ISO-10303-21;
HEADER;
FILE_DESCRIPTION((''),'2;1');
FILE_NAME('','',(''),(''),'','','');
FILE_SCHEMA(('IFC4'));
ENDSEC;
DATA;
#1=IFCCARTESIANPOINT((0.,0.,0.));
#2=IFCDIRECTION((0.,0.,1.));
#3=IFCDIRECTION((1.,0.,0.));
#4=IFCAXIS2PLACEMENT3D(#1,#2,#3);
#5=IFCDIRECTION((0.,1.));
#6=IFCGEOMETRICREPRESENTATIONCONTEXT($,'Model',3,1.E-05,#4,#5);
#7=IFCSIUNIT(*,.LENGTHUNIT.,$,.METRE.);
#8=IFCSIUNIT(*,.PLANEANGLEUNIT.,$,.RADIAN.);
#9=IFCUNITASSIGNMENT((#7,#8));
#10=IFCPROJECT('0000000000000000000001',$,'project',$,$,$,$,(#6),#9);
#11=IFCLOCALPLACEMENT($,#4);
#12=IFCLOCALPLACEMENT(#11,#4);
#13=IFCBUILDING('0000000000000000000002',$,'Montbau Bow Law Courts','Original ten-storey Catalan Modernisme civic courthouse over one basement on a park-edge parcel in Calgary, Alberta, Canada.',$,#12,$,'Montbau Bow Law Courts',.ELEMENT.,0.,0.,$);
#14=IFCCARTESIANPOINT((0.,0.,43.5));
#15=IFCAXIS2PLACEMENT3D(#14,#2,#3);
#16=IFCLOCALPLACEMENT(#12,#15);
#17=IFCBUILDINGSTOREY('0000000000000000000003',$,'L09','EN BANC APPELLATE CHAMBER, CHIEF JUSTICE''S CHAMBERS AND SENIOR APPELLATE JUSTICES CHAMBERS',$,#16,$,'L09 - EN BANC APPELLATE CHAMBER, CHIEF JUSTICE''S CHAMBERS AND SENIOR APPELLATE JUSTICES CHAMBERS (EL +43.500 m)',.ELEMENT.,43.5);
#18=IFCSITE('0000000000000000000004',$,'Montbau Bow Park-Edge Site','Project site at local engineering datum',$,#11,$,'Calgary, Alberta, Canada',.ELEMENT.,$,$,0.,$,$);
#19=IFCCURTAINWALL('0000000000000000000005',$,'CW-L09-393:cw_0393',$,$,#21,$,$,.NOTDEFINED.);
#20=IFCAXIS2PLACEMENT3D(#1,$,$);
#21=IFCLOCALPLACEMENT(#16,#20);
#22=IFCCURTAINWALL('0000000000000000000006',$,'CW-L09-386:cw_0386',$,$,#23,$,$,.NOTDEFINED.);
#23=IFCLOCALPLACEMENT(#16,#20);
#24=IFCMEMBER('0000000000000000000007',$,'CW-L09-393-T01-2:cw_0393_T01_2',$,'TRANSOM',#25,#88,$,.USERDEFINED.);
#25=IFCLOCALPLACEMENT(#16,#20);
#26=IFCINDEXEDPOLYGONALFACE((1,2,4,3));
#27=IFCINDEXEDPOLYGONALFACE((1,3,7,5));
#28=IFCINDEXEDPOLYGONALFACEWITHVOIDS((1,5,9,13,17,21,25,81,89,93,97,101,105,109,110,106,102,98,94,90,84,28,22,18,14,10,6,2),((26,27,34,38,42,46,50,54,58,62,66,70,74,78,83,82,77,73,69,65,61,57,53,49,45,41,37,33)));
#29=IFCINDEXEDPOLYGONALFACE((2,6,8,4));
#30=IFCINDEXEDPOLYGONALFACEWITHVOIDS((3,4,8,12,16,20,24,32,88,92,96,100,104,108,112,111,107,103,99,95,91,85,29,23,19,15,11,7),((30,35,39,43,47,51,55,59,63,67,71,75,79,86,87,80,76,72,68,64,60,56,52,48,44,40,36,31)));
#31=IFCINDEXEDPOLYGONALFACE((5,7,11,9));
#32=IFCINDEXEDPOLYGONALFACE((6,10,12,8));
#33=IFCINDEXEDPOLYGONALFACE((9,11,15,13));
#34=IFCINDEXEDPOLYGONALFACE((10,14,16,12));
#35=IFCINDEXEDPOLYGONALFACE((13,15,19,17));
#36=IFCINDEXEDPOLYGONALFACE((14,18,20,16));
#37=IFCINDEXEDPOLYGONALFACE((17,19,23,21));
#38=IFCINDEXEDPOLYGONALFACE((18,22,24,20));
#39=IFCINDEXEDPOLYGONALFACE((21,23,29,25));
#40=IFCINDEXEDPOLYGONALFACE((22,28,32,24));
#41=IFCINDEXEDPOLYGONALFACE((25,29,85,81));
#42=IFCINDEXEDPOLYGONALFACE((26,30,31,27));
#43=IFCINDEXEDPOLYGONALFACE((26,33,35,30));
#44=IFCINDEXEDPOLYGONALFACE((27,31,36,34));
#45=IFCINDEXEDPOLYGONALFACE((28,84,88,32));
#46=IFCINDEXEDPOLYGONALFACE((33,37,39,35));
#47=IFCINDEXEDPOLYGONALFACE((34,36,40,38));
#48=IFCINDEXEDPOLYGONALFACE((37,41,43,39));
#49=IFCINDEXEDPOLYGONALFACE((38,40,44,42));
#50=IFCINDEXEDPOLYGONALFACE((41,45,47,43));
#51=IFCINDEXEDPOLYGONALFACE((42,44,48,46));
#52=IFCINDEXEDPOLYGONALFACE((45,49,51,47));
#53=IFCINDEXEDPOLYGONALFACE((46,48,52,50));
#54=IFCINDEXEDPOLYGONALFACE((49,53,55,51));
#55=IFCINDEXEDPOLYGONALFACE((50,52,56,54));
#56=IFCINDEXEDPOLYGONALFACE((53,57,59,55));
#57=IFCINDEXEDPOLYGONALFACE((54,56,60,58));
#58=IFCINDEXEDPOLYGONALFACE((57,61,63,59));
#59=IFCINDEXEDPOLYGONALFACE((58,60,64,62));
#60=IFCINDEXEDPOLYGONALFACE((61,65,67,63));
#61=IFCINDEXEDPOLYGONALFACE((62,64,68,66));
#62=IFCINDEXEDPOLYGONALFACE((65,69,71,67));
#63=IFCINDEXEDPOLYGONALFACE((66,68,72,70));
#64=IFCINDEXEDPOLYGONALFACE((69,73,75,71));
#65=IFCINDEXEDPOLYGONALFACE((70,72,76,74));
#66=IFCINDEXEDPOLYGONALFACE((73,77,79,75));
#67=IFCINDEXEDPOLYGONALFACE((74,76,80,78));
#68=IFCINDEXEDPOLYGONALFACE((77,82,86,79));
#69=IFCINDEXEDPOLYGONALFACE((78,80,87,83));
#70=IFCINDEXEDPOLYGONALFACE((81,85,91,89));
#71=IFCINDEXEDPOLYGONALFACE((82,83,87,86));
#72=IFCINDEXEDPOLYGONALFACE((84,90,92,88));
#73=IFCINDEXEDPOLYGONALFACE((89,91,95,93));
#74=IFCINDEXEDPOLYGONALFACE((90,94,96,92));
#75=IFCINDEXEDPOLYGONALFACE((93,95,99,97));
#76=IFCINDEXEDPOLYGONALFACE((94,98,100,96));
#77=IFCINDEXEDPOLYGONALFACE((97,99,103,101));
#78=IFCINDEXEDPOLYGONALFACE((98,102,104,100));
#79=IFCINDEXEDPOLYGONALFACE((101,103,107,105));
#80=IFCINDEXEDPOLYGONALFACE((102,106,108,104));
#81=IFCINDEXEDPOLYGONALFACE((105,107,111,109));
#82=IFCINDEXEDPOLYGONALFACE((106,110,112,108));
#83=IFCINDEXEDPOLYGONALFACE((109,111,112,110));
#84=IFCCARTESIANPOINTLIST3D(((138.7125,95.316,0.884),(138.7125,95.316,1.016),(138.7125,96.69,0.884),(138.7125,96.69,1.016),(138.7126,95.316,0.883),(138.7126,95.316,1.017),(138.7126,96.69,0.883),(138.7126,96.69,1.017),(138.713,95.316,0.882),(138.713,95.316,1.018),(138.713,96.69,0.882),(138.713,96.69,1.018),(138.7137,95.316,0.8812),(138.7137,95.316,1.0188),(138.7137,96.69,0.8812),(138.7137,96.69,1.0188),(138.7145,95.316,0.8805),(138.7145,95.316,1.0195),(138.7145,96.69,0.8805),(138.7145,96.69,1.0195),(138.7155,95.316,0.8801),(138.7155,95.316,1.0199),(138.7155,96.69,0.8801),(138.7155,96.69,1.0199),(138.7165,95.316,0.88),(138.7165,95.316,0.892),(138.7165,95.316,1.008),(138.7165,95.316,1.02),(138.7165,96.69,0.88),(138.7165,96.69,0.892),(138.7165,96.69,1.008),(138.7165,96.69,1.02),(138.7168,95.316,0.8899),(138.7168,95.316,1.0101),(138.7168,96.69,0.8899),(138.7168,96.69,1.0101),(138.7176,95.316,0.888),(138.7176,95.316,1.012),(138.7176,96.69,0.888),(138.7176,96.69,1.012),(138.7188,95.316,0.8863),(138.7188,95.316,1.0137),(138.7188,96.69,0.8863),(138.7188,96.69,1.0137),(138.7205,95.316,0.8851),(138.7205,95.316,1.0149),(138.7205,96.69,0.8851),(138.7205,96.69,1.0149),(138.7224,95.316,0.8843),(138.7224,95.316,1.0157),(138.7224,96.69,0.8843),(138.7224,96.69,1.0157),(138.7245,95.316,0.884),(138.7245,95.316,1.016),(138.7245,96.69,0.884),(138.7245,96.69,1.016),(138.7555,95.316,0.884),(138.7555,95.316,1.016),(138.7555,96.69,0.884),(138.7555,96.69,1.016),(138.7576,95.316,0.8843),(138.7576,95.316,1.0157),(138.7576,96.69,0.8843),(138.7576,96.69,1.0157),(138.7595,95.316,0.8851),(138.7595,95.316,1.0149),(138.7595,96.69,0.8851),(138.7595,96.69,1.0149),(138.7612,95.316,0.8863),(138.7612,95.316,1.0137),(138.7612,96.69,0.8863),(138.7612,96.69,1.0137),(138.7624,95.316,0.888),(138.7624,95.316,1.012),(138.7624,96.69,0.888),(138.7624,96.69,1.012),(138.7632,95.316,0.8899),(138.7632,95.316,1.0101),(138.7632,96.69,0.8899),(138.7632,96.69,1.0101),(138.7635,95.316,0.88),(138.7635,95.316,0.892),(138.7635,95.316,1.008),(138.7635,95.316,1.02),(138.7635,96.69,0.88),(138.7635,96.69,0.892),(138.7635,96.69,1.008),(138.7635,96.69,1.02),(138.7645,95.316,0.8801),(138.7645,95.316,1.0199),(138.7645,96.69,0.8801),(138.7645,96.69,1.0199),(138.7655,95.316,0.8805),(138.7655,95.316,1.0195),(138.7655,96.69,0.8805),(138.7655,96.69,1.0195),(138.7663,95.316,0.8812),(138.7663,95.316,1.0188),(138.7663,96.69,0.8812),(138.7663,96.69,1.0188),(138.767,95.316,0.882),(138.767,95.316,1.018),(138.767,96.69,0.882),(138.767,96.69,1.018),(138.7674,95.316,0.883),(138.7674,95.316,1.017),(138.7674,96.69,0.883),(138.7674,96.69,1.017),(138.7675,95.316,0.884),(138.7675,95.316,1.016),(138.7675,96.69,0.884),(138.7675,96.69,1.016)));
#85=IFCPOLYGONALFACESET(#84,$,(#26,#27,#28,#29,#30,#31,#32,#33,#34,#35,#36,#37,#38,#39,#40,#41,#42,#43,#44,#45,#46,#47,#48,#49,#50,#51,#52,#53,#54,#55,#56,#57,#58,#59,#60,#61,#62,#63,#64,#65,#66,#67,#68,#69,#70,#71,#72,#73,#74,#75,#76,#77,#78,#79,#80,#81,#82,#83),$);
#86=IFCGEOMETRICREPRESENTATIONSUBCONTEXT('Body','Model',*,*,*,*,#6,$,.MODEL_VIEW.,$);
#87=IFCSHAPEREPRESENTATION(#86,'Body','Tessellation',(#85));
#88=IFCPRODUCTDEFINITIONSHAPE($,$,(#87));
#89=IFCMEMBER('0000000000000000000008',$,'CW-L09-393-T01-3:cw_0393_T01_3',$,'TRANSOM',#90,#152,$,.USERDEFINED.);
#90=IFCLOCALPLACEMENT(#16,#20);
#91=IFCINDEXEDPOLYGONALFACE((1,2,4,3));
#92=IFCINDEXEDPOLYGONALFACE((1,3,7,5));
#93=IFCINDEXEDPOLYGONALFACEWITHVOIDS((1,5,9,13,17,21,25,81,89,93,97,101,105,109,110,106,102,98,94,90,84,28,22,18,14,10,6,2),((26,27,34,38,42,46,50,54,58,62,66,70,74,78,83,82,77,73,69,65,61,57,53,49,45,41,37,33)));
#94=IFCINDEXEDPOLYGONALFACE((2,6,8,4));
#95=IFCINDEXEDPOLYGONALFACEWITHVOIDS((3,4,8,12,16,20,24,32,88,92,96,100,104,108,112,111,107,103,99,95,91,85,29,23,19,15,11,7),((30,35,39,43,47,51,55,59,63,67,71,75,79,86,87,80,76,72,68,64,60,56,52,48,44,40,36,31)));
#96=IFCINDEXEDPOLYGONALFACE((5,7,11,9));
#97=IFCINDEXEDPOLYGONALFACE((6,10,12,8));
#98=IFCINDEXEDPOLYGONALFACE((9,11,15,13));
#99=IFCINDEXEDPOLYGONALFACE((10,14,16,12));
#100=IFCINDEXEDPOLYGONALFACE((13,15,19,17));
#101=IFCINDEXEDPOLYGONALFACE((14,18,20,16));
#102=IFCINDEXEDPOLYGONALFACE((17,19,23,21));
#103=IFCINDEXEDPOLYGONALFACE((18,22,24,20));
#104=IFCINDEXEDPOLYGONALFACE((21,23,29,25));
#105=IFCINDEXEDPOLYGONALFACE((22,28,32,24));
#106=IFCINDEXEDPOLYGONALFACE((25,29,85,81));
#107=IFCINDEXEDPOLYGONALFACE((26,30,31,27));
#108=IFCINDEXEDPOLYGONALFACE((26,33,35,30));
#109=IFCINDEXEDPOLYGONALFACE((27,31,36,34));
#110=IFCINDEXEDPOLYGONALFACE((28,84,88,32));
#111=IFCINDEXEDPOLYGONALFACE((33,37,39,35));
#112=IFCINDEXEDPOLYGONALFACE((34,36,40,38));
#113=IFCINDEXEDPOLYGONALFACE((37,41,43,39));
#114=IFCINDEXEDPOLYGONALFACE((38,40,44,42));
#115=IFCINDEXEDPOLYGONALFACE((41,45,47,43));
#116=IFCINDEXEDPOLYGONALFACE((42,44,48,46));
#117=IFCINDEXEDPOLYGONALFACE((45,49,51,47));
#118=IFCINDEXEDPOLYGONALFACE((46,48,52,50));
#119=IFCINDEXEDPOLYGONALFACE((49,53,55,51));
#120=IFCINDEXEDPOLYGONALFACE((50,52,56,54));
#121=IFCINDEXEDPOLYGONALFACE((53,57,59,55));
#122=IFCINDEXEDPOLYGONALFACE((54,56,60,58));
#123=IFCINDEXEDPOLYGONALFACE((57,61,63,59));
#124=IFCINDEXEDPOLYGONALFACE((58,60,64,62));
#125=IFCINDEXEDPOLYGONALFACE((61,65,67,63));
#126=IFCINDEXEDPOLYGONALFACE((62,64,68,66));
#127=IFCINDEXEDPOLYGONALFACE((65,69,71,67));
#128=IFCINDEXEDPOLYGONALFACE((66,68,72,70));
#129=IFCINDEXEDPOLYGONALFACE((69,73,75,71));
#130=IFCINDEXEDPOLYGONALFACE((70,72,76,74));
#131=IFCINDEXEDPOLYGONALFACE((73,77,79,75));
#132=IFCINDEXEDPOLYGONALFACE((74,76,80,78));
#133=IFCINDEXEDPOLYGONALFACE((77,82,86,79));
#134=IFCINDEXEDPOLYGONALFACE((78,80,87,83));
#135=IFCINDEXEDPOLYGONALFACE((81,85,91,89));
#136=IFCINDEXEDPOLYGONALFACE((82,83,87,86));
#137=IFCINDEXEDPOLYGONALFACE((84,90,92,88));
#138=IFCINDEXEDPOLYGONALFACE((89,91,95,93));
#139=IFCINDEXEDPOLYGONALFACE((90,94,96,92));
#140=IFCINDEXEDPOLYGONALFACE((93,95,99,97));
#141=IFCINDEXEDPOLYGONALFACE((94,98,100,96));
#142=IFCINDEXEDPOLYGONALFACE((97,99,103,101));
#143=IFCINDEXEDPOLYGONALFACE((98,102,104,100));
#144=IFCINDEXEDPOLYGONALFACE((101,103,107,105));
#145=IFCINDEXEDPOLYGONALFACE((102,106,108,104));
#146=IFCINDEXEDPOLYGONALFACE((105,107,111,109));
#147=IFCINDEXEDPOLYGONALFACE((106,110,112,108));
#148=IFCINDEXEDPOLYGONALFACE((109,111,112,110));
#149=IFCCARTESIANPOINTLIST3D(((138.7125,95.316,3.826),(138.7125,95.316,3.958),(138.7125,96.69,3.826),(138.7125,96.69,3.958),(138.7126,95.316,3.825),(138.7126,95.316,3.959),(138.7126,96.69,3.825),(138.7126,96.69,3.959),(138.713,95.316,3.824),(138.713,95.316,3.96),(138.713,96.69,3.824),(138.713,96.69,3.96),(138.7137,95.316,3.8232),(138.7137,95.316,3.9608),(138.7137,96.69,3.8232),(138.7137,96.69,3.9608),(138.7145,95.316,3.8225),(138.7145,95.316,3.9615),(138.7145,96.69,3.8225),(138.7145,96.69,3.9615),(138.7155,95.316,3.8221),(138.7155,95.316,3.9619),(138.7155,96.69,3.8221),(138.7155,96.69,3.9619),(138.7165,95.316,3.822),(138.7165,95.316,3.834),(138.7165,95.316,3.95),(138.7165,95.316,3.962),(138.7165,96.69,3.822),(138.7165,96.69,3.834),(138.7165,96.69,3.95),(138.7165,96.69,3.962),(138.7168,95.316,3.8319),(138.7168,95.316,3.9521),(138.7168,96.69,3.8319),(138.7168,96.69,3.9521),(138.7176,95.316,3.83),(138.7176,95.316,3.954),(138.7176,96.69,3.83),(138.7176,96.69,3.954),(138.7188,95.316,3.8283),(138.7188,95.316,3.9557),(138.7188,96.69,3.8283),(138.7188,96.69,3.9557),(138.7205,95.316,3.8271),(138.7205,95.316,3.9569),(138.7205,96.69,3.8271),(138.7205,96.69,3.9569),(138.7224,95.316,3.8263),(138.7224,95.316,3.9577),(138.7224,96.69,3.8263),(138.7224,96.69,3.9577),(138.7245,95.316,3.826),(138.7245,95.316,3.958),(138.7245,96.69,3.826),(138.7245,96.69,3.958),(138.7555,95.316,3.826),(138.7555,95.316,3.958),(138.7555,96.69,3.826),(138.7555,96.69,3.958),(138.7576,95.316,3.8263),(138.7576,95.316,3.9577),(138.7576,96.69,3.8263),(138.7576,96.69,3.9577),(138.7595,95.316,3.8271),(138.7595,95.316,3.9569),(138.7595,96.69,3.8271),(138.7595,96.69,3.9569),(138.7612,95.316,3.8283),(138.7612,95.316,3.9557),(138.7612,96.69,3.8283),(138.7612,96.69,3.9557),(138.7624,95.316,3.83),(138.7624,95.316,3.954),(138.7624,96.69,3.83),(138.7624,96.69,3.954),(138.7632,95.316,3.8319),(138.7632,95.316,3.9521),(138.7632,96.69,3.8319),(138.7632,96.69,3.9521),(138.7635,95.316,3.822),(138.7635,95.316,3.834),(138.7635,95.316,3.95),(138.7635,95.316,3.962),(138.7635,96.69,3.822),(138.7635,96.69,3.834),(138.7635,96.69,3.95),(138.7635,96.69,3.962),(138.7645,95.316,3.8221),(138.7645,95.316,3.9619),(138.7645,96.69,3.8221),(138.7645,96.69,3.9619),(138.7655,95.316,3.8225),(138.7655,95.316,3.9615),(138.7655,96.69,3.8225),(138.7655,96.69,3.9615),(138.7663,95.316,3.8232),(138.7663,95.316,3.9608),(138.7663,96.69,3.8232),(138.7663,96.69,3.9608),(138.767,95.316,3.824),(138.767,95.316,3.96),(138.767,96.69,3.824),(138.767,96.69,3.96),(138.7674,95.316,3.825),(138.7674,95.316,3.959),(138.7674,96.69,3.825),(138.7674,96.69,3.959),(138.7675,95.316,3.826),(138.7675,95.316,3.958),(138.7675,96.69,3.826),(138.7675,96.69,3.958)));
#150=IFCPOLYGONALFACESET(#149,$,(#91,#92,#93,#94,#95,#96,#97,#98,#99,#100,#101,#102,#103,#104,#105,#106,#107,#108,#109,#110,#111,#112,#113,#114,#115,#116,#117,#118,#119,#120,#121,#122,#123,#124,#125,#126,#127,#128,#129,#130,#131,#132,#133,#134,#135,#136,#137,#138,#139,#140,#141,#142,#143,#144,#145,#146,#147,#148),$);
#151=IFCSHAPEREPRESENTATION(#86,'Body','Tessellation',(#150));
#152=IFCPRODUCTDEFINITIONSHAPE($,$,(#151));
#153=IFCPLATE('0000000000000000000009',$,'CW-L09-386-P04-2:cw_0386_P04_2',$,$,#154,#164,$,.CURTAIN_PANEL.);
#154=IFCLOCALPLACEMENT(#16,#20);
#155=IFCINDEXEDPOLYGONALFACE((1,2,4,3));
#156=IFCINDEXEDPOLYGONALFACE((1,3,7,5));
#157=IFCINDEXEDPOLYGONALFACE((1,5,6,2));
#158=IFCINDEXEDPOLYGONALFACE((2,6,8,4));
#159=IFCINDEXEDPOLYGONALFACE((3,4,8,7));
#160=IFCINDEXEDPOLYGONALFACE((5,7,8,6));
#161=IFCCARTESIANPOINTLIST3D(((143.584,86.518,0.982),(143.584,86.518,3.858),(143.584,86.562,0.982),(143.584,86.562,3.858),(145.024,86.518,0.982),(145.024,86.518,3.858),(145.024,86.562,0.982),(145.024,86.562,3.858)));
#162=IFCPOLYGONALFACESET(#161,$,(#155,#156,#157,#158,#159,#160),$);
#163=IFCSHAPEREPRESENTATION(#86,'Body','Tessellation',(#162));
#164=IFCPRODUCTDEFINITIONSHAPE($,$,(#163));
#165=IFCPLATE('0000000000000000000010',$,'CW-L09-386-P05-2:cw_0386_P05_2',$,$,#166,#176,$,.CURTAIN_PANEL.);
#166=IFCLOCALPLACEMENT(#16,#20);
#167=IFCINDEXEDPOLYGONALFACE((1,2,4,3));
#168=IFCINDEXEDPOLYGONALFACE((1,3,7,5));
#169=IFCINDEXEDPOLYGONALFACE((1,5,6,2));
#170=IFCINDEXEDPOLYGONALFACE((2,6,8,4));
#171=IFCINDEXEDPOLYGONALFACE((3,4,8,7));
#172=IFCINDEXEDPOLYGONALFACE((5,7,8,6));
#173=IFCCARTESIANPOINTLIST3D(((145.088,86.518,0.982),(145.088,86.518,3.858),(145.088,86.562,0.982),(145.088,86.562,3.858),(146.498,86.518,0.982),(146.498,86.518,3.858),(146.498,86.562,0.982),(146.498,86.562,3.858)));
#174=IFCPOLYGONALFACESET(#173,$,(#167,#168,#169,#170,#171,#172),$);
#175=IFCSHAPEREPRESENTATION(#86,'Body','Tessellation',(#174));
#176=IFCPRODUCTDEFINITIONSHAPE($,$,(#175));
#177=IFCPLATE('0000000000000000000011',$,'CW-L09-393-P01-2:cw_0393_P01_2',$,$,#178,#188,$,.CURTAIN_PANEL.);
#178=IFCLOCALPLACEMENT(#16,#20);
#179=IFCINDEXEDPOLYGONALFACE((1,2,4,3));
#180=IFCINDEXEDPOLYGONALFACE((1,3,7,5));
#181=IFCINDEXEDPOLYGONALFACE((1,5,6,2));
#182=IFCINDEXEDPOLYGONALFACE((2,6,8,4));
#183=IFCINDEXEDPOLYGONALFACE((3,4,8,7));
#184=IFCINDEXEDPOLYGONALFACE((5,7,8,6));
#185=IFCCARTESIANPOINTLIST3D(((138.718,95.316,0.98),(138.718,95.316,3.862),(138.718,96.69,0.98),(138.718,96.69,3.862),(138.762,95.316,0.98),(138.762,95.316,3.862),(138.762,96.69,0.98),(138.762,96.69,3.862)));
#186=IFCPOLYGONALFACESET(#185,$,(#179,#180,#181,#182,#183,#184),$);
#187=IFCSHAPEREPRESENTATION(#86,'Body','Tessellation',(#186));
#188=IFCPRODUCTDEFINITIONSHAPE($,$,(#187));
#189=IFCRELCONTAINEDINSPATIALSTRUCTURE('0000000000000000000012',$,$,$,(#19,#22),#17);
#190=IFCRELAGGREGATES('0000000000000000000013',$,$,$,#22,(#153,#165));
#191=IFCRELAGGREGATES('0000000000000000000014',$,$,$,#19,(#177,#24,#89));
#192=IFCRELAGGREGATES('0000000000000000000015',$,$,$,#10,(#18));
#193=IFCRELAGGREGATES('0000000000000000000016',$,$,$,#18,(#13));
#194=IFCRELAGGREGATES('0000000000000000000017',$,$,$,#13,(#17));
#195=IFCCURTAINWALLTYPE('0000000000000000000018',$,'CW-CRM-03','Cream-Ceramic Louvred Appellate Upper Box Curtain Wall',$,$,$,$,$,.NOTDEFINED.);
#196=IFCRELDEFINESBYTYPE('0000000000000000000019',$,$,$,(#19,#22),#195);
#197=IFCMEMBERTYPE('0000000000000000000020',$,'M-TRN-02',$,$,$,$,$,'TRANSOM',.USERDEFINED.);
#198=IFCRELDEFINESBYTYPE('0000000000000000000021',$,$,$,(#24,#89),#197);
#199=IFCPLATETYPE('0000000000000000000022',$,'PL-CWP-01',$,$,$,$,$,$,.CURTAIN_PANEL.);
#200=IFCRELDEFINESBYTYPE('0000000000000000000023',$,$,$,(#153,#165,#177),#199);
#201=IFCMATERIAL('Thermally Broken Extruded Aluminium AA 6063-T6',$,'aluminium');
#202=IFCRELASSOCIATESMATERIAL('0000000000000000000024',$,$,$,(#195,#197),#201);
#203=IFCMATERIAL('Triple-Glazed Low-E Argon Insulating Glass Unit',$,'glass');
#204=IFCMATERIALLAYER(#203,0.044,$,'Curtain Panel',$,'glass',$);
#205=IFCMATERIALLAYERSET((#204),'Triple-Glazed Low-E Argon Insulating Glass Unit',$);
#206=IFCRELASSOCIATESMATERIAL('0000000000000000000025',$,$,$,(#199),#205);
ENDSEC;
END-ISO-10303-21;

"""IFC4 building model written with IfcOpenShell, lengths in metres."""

from ifc_helpers import new_model, si_unit, direction, frame, frame_2d, origin_with_axes, origin_2d_with_axis, place, context, subcontext, project, spatial, rectangle, hollow_rectangle, extrude, material, layer, layer_set, material_profile, profile_set, type_object, element, aggregate, save


model = new_model("IFC4")

# Units and contexts
model_context = context("Model", 3, precision=1e-05, world=origin_with_axes(), true_north=direction((0.0, 1.0)))
body_context = subcontext(model_context, "Body", "Model", "MODEL_VIEW")
ifc_project = project(units=[si_unit("LENGTHUNIT", "METRE"), si_unit("PLANEANGLEUNIT", "RADIAN")], contexts=[model_context])

# Site, building, storey
site_placement = place(None, origin_with_axes())
site = spatial("IfcSite", under=ifc_project, at=site_placement, Name="Montbau Bow Park-Edge Site", Description="Project site at local engineering datum", LongName="Calgary, Alberta, Canada", CompositionType="ELEMENT", RefElevation=0.0)
building_placement = place(site_placement, origin_with_axes())
building = spatial("IfcBuilding", under=site, at=building_placement, Name="Montbau Bow Law Courts", Description="Original ten-storey Catalan Modernisme civic courthouse over one basement on a park-edge parcel in Calgary, Alberta, Canada.", LongName="Montbau Bow Law Courts", CompositionType="ELEMENT", ElevationOfRefHeight=0.0, ElevationOfTerrain=0.0)
storey_placement = place(building_placement, frame((0.0, 0.0, 43.5), z_axis=(0.0, 0.0, 1.0), x_axis=(1.0, 0.0, 0.0)))
storey = spatial("IfcBuildingStorey", under=building, at=storey_placement, Name="L09", Description="EN BANC APPELLATE CHAMBER, CHIEF JUSTICE'S CHAMBERS AND SENIOR APPELLATE JUSTICES CHAMBERS", LongName="L09 - EN BANC APPELLATE CHAMBER, CHIEF JUSTICE'S CHAMBERS AND SENIOR APPELLATE JUSTICES CHAMBERS (EL +43.500 m)", CompositionType="ELEMENT", Elevation=43.5)

# Curtain wall
ifc_material_1 = material(Name="Thermally Broken Extruded Aluminium AA 6063-T6", Category="aluminium")
curtain_wall_type = type_object("IfcCurtainWallType", Name="CW-CRM-03", Description="Cream-Ceramic Louvred Appellate Upper Box Curtain Wall", PredefinedType="NOTDEFINED", material=ifc_material_1)
curtain_wall_1_placement = place(None, frame((138.74, 95.24, 43.5), z_axis=(0.0, 0.0, 1.0), x_axis=(1.0, 0.0, 0.0)))
curtain_wall_1 = element("IfcCurtainWall", 1, at=curtain_wall_1_placement, inside=storey, type_object=curtain_wall_type, Name="CW-L09-393:cw_0393", PredefinedType="NOTDEFINED")

# Curtain wall
curtain_wall_2_placement = place(None, frame((139.04, 86.54, 43.5), z_axis=(0.0, 0.0, 1.0), x_axis=(1.0, 0.0, 0.0)))
curtain_wall_2 = element("IfcCurtainWall", 2, at=curtain_wall_2_placement, inside=storey, type_object=curtain_wall_type, Name="CW-L09-386:cw_0386", PredefinedType="NOTDEFINED")

# Members
ifc_material_profile_1 = material_profile(ifc_material_1, hollow_rectangle(XDim=0.055, YDim=0.14, WallThickness=0.004, InnerFilletRadius=0.008, OuterFilletRadius=0.004, at=origin_2d_with_axis()), Name="CWT-140X55", Category="Main", Priority=0)
ifc_profile_set_1 = profile_set([ifc_material_profile_1], Name="Thermally Broken Extruded Aluminium AA 6063-T6")
member_type_1 = type_object("IfcMemberType", Name="M-TRN-02", ElementType="TRANSOM", PredefinedType="USERDEFINED", material=ifc_profile_set_1)
member_1_placement = place(None, frame((138.74, 95.316, 44.45), z_axis=(0.0, 1.0, 0.0), x_axis=(-1.0, 0.0, 0.0)))
member_1 = element("IfcMember", 3, at=member_1_placement, type_object=member_type_1, Name="CW-L09-393-T01-2:cw_0393_T01_2", ObjectType="TRANSOM", PredefinedType="USERDEFINED", context=body_context, shape_type="SweptSolid", body=[
    extrude(hollow_rectangle(XDim=0.055, YDim=0.14, WallThickness=0.004, InnerFilletRadius=0.008, OuterFilletRadius=0.004, at=origin_2d_with_axis()), origin_with_axes(), (0.0, 0.0, 1.0), 1.374),
])
member_2_placement = place(None, frame((138.74, 95.316, 47.392), z_axis=(0.0, 1.0, 0.0), x_axis=(-1.0, 0.0, 0.0)))
member_2 = element("IfcMember", 4, at=member_2_placement, type_object=member_type_1, Name="CW-L09-393-T01-3:cw_0393_T01_3", ObjectType="TRANSOM", PredefinedType="USERDEFINED", context=body_context, shape_type="SweptSolid", body=[
    extrude(hollow_rectangle(XDim=0.055, YDim=0.14, WallThickness=0.004, InnerFilletRadius=0.008, OuterFilletRadius=0.004, at=origin_2d_with_axis()), origin_with_axes(), (0.0, 0.0, 1.0), 1.374),
])

# Plates
ifc_material_2 = material(Name="Triple-Glazed Low-E Argon Insulating Glass Unit", Category="glass")
ifc_layer_1 = layer(ifc_material_2, 0.044, Name="Curtain Panel", Category="glass")
ifc_layer_set_1 = layer_set([ifc_layer_1], Name="Triple-Glazed Low-E Argon Insulating Glass Unit")
plate_type_1 = type_object("IfcPlateType", Name="PL-CWP-01", PredefinedType="CURTAIN_PANEL", material=ifc_layer_set_1)
plate_1_placement = place(None, frame((143.584, 86.54, 44.482), z_axis=(0.0, -1.0, 0.0), x_axis=(1.0, 0.0, 0.0)))
plate_1 = element("IfcPlate", 5, at=plate_1_placement, type_object=plate_type_1, Name="CW-L09-386-P04-2:cw_0386_P04_2", PredefinedType="CURTAIN_PANEL", context=body_context, shape_type="SweptSolid", body=[
    extrude(rectangle(XDim=1.44, YDim=2.876, at=frame_2d((0.72, 1.438), x_axis=(1.0, 0.0))), frame((0.0, 0.0, -0.022), z_axis=(0.0, 0.0, 1.0), x_axis=(1.0, 0.0, 0.0)), (0.0, 0.0, 1.0), 0.044),
])
plate_2_placement = place(None, frame((145.088, 86.54, 44.482), z_axis=(0.0, -1.0, 0.0), x_axis=(1.0, 0.0, 0.0)))
plate_2 = element("IfcPlate", 6, at=plate_2_placement, type_object=plate_type_1, Name="CW-L09-386-P05-2:cw_0386_P05_2", PredefinedType="CURTAIN_PANEL", context=body_context, shape_type="SweptSolid", body=[
    extrude(rectangle(XDim=1.41, YDim=2.876, at=frame_2d((0.705, 1.438), x_axis=(1.0, 0.0))), frame((0.0, 0.0, -0.022), z_axis=(0.0, 0.0, 1.0), x_axis=(1.0, 0.0, 0.0)), (0.0, 0.0, 1.0), 0.044),
])
plate_3_placement = place(None, frame((138.74, 95.316, 44.48), z_axis=(1.0, 0.0, 0.0), x_axis=(0.0, 1.0, 0.0)))
plate_3 = element("IfcPlate", 7, at=plate_3_placement, type_object=plate_type_1, Name="CW-L09-393-P01-2:cw_0393_P01_2", PredefinedType="CURTAIN_PANEL", context=body_context, shape_type="SweptSolid", body=[
    extrude(rectangle(XDim=1.374, YDim=2.882, at=frame_2d((0.687, 1.441), x_axis=(1.0, 0.0))), frame((0.0, 0.0, -0.022), z_axis=(0.0, 0.0, 1.0), x_axis=(1.0, 0.0, 0.0)), (0.0, 0.0, 1.0), 0.044),
])
aggregate(curtain_wall_2, [plate_1, plate_2])
aggregate(curtain_wall_1, [plate_3, member_1, member_2])

save(model, "model.ifc")
